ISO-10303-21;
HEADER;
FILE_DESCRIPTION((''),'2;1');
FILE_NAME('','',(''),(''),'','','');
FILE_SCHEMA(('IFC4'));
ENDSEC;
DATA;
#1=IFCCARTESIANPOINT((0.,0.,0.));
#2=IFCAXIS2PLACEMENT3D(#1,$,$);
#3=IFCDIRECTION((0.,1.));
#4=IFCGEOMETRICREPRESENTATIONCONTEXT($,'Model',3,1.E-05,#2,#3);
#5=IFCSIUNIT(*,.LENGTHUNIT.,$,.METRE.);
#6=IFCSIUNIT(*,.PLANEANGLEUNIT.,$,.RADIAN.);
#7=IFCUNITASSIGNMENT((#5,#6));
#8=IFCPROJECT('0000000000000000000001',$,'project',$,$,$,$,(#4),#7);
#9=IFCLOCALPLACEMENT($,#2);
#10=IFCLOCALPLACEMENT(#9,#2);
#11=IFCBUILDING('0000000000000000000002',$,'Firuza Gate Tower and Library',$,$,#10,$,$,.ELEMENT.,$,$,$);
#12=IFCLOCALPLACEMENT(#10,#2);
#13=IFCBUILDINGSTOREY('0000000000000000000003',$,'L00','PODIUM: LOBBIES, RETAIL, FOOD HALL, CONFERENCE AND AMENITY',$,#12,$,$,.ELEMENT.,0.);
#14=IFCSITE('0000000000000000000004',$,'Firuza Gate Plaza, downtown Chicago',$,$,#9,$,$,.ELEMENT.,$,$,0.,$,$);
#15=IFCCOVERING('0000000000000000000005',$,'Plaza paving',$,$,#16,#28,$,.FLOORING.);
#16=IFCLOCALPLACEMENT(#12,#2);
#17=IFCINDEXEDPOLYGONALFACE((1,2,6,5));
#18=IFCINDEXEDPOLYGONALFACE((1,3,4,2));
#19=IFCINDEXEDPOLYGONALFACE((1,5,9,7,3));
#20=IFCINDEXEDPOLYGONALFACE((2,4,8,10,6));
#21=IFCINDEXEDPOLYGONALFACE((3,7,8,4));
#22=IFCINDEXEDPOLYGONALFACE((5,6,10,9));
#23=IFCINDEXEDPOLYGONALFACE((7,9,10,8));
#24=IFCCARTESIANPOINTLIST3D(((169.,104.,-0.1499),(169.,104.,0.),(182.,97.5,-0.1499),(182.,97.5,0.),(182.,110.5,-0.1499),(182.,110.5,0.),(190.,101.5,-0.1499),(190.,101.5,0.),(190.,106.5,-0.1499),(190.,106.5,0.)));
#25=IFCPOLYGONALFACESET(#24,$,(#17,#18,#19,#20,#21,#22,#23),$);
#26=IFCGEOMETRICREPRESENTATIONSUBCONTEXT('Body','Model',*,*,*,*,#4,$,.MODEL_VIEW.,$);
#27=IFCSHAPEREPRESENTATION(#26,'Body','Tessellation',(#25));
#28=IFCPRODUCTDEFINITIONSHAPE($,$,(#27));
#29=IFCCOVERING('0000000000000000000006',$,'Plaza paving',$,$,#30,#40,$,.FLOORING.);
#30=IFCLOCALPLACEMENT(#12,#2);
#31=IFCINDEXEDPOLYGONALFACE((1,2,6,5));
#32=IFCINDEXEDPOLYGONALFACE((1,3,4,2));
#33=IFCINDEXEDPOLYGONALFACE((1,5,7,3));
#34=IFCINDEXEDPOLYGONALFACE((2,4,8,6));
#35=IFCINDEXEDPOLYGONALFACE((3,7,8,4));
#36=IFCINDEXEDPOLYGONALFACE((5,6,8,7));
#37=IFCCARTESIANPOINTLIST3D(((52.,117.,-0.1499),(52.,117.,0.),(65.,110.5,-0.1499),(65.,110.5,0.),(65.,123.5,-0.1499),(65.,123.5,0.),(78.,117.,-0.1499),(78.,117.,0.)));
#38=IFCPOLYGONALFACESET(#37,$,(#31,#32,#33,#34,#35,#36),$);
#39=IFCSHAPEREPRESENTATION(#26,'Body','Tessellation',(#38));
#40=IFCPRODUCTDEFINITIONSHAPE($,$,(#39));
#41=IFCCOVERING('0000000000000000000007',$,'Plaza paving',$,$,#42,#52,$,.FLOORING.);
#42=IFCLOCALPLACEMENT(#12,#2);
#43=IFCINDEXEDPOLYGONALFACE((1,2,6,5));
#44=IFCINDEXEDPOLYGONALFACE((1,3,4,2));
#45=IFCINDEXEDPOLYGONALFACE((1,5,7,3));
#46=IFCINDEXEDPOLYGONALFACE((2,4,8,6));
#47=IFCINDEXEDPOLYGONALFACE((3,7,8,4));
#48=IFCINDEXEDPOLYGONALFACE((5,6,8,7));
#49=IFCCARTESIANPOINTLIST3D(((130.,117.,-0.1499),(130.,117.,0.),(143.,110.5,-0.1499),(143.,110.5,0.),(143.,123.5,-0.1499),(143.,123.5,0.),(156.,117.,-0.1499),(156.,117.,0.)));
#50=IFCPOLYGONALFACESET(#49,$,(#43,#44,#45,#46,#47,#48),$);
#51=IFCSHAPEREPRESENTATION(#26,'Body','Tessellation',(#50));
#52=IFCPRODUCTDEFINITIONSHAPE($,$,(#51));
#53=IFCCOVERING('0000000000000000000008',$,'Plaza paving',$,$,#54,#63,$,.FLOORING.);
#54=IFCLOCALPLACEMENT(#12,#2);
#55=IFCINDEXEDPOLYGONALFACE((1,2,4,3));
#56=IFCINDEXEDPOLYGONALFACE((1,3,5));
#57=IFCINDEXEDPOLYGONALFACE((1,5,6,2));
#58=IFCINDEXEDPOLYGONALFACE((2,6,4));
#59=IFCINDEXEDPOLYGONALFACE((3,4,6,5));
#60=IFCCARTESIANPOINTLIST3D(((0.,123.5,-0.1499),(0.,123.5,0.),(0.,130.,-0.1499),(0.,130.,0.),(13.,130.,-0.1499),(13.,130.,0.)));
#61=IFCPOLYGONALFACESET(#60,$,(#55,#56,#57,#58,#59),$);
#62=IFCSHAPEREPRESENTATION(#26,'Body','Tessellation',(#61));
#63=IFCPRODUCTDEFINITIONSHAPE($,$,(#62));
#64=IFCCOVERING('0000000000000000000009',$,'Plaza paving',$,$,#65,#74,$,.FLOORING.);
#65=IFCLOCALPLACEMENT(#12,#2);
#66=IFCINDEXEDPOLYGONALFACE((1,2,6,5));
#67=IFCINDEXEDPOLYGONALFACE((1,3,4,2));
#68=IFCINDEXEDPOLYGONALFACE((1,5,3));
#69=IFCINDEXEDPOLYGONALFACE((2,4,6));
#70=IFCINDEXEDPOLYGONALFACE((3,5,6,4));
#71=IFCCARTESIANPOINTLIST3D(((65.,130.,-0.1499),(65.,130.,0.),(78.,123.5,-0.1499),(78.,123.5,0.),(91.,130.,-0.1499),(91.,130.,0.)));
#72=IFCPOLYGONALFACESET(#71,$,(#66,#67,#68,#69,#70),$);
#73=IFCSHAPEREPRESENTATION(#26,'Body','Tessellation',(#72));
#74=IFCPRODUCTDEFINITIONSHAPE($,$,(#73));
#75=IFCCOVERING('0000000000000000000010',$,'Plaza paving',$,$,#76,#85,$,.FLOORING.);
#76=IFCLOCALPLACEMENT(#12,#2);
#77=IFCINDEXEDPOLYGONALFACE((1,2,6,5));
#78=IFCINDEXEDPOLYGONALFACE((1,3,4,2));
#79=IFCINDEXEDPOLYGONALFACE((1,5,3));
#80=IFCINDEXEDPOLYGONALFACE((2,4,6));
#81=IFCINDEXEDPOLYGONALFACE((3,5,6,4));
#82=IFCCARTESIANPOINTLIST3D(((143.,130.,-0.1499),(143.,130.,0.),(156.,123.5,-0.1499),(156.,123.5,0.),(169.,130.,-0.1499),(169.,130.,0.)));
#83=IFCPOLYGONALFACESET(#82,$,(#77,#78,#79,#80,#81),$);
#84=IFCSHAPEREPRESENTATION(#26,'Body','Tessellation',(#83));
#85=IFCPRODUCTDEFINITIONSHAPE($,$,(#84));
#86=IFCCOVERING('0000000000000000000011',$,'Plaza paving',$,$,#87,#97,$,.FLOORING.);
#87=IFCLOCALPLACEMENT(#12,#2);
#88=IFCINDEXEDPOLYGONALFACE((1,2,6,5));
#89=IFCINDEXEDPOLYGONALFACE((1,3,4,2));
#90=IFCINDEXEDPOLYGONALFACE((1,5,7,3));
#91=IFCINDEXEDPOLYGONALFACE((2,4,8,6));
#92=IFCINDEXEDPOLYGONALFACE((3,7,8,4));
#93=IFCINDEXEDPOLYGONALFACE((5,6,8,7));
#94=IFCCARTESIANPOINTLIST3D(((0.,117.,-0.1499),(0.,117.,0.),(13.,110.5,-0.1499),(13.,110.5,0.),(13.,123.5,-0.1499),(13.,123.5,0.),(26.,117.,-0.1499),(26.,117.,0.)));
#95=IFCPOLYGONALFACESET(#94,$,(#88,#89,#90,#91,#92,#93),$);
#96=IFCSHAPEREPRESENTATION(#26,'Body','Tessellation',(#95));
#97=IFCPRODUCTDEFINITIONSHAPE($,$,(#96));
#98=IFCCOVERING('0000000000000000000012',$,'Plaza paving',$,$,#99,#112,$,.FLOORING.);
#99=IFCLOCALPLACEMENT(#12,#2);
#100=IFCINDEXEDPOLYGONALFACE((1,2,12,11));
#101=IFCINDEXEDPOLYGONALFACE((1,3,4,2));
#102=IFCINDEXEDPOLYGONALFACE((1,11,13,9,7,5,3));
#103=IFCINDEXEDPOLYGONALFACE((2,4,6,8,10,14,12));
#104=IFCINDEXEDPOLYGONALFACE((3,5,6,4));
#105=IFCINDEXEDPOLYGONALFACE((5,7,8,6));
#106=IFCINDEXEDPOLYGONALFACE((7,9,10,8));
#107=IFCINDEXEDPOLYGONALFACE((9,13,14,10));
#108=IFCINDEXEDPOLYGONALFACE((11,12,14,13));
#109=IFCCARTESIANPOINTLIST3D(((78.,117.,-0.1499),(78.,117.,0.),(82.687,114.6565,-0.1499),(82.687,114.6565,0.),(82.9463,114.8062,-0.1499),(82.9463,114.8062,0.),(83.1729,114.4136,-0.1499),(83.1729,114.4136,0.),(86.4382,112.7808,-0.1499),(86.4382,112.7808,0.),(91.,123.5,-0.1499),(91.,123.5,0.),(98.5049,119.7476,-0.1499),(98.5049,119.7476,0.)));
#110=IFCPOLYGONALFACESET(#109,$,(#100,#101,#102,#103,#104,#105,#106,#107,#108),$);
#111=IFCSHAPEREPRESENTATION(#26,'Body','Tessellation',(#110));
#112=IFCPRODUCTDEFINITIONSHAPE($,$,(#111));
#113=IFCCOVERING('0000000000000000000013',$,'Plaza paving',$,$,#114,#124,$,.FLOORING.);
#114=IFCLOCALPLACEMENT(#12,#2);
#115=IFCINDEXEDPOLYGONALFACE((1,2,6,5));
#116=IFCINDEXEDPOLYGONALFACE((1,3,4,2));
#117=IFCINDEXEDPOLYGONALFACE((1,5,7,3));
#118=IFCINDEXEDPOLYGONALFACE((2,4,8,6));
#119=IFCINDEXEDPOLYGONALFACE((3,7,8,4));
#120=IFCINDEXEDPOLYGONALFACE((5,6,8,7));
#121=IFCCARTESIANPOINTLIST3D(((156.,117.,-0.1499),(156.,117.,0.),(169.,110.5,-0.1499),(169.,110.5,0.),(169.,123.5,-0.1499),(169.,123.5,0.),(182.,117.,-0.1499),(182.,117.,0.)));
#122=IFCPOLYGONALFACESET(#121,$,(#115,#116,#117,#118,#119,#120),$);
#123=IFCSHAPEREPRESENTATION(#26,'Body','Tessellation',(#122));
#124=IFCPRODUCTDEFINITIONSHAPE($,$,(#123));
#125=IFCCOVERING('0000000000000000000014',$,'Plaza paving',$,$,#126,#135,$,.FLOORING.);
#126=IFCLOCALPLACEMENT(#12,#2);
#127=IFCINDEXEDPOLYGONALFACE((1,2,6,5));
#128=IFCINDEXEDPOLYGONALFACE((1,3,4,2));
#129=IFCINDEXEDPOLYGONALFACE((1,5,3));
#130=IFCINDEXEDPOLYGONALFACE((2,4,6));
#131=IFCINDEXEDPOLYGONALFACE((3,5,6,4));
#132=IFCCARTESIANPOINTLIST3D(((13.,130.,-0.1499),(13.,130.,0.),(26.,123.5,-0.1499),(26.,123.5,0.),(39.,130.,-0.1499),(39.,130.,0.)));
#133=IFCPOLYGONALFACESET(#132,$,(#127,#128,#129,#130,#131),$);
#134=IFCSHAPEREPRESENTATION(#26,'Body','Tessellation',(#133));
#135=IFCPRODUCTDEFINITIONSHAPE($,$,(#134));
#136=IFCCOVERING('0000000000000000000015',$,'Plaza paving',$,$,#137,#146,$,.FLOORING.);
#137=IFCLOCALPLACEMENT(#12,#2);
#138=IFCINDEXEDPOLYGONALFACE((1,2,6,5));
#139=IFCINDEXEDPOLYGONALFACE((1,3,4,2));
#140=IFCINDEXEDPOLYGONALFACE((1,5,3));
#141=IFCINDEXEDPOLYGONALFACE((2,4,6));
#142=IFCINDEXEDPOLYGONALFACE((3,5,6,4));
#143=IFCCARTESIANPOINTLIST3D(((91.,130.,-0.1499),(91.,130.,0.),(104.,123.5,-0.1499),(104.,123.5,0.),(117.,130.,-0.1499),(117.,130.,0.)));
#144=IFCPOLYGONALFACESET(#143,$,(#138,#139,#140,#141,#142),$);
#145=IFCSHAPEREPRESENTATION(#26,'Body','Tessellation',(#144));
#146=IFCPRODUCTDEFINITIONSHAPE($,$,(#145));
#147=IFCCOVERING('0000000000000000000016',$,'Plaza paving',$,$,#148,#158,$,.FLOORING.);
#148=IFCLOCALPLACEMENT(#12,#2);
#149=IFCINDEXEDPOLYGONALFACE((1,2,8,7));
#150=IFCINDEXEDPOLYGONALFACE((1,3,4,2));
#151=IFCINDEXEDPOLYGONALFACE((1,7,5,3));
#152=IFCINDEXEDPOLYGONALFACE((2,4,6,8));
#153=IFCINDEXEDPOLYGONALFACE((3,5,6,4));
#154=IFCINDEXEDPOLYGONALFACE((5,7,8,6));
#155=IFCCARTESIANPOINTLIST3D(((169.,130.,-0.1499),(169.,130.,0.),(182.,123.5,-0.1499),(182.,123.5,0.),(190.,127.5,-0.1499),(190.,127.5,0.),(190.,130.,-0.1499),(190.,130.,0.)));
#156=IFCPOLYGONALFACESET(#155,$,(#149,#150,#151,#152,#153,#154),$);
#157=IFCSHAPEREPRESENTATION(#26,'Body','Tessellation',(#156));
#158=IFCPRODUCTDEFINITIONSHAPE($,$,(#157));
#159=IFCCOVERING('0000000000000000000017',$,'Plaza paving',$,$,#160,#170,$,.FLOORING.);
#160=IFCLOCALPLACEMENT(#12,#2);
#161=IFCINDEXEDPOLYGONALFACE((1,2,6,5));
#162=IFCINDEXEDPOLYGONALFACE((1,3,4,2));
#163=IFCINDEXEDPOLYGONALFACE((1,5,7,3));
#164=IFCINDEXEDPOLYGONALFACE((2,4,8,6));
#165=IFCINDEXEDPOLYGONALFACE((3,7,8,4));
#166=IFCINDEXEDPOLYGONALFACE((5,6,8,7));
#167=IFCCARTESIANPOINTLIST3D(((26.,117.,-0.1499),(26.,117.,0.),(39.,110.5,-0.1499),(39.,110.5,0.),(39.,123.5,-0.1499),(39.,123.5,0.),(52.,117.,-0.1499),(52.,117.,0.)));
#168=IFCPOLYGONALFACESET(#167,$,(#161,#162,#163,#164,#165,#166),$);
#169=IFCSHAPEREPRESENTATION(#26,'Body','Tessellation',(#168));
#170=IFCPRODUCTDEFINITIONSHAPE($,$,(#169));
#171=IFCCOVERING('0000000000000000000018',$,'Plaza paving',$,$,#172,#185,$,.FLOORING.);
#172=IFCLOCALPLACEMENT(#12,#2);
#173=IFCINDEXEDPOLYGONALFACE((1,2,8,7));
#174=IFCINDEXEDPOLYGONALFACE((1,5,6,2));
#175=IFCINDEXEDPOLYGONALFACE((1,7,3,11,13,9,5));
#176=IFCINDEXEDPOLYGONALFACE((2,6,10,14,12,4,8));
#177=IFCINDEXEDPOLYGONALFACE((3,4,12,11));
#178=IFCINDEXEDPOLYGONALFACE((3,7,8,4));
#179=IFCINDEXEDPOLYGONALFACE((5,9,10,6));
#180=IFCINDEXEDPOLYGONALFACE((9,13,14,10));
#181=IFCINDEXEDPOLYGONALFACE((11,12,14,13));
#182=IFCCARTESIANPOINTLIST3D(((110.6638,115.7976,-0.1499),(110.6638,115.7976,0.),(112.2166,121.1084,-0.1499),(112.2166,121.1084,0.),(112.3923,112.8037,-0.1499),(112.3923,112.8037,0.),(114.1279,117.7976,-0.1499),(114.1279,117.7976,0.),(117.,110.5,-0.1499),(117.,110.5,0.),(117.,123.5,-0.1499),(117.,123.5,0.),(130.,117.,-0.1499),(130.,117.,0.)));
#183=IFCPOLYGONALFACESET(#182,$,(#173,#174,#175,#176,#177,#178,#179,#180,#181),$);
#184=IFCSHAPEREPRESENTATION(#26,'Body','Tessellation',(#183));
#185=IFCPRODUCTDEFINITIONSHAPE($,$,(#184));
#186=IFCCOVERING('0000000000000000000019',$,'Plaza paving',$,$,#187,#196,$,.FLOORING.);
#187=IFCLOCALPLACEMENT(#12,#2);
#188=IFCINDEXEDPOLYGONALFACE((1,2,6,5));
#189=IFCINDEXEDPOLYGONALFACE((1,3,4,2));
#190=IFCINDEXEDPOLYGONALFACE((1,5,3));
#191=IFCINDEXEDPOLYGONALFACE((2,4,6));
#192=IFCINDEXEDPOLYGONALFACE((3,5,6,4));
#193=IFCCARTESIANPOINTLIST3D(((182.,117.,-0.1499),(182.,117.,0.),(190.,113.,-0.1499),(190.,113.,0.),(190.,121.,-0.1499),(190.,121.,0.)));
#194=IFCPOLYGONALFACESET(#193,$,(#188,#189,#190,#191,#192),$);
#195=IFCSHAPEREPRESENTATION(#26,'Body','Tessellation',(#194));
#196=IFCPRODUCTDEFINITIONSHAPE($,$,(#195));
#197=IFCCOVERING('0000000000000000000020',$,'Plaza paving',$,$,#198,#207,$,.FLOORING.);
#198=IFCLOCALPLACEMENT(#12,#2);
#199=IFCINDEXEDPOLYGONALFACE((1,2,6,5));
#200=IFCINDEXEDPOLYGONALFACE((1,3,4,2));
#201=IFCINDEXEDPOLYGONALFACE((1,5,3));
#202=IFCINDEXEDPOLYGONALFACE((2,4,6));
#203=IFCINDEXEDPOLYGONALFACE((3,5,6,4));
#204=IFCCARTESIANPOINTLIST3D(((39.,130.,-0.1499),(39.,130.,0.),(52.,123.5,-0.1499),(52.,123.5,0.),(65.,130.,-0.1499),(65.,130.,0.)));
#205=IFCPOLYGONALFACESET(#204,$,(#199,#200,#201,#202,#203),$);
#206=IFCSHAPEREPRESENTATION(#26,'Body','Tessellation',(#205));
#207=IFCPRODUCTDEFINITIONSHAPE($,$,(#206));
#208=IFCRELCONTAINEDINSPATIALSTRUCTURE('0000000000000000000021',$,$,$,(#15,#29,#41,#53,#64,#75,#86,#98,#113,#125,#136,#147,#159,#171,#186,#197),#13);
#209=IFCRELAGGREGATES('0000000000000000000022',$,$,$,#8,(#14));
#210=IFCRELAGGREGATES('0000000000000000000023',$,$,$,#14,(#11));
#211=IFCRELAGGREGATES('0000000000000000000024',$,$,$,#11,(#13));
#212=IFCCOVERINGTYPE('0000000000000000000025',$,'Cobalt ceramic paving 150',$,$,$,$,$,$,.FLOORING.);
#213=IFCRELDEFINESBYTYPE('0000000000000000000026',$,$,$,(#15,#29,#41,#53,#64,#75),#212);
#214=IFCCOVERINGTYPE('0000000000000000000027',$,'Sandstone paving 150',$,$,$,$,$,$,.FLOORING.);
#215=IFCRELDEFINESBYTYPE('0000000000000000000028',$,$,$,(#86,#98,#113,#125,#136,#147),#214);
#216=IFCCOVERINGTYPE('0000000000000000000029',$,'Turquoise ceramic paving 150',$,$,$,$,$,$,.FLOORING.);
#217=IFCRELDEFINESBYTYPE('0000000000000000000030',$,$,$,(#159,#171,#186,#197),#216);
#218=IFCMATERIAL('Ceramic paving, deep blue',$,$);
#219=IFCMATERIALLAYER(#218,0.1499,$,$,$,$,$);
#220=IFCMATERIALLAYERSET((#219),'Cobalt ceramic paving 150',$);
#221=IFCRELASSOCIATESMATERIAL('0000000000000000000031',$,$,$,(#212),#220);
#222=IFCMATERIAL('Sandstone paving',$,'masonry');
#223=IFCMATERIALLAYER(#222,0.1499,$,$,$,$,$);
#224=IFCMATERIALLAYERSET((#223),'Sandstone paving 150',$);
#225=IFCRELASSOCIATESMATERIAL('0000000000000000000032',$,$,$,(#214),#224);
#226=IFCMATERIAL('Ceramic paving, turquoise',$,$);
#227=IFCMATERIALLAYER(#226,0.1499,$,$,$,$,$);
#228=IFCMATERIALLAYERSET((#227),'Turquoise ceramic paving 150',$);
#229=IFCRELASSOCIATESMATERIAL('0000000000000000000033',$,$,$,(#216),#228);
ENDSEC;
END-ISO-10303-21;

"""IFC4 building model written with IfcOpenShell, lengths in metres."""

from ifc_helpers import new_model, si_unit, direction, frame, origin, place, context, subcontext, project, spatial, polyline, outline, extrude, material, layer, layer_set, type_object, element, save


model = new_model("IFC4")

# Units and contexts
model_context = context("Model", 3, precision=1e-05, world=origin(), true_north=direction((0.0, 1.0)))
body_context = subcontext(model_context, "Body", "Model", "MODEL_VIEW")
ifc_project = project(units=[si_unit("LENGTHUNIT", "METRE"), si_unit("PLANEANGLEUNIT", "RADIAN")], contexts=[model_context])

# Site, building, storey
site_placement = place(None, origin())
site = spatial("IfcSite", under=ifc_project, at=site_placement, Name="Firuza Gate Plaza, downtown Chicago", CompositionType="ELEMENT", RefElevation=0.0)
building_placement = place(site_placement, origin())
building = spatial("IfcBuilding", under=site, at=building_placement, Name="Firuza Gate Tower and Library", CompositionType="ELEMENT")
storey_placement = place(building_placement, origin())
storey = spatial("IfcBuildingStorey", under=building, at=storey_placement, Name="L00", Description="PODIUM: LOBBIES, RETAIL, FOOD HALL, CONFERENCE AND AMENITY", CompositionType="ELEMENT", Elevation=0.0)

# Coverings
ifc_material_1 = material(Name="Ceramic paving, deep blue")
ifc_layer_1 = layer(ifc_material_1, 0.1499)
ifc_layer_set_1 = layer_set([ifc_layer_1], Name="Cobalt ceramic paving 150")
covering_type_1 = type_object("IfcCoveringType", Name="Cobalt ceramic paving 150", PredefinedType="FLOORING", material=ifc_layer_set_1)
placement = place(storey_placement, frame((0.0, 0.0, -0.1499)))
element("IfcCovering", 1, at=placement, inside=storey, type_object=covering_type_1, Name="Plaza paving", PredefinedType="FLOORING", context=body_context, shape_type="SweptSolid", body=[
    extrude(outline(polyline([(182.0, 97.5), (169.0, 104.0), (182.0, 110.5), (190.0, 106.5), (190.0, 101.5), (182.0, 97.5)])), origin(), (0.0, 0.0, 1.0), 0.1499),
])
element("IfcCovering", 2, at=placement, inside=storey, type_object=covering_type_1, Name="Plaza paving", PredefinedType="FLOORING", context=body_context, shape_type="SweptSolid", body=[
    extrude(outline(polyline([(65.0, 123.5), (78.0, 117.0), (65.0, 110.5), (52.0, 117.0), (65.0, 123.5)])), origin(), (0.0, 0.0, 1.0), 0.1499),
])
element("IfcCovering", 3, at=placement, inside=storey, type_object=covering_type_1, Name="Plaza paving", PredefinedType="FLOORING", context=body_context, shape_type="SweptSolid", body=[
    extrude(outline(polyline([(143.0, 123.5), (156.0, 117.0), (143.0, 110.5), (130.0, 117.0), (143.0, 123.5)])), origin(), (0.0, 0.0, 1.0), 0.1499),
])
element("IfcCovering", 4, at=placement, inside=storey, type_object=covering_type_1, Name="Plaza paving", PredefinedType="FLOORING", context=body_context, shape_type="SweptSolid", body=[
    extrude(outline(polyline([(0.0, 123.5), (0.0, 130.0), (13.0, 130.0), (0.0, 123.5)])), origin(), (0.0, 0.0, 1.0), 0.1499),
])
element("IfcCovering", 5, at=placement, inside=storey, type_object=covering_type_1, Name="Plaza paving", PredefinedType="FLOORING", context=body_context, shape_type="SweptSolid", body=[
    extrude(outline(polyline([(78.0, 123.5), (65.0, 130.0), (91.0, 130.0), (78.0, 123.5)])), origin(), (0.0, 0.0, 1.0), 0.1499),
])
element("IfcCovering", 6, at=placement, inside=storey, type_object=covering_type_1, Name="Plaza paving", PredefinedType="FLOORING", context=body_context, shape_type="SweptSolid", body=[
    extrude(outline(polyline([(156.0, 123.5), (143.0, 130.0), (169.0, 130.0), (156.0, 123.5)])), origin(), (0.0, 0.0, 1.0), 0.1499),
])
ifc_material_2 = material(Name="Sandstone paving", Category="masonry")
ifc_layer_2 = layer(ifc_material_2, 0.1499)
ifc_layer_set_2 = layer_set([ifc_layer_2], Name="Sandstone paving 150")
covering_type_2 = type_object("IfcCoveringType", Name="Sandstone paving 150", PredefinedType="FLOORING", material=ifc_layer_set_2)
element("IfcCovering", 7, at=placement, inside=storey, type_object=covering_type_2, Name="Plaza paving", PredefinedType="FLOORING", context=body_context, shape_type="SweptSolid", body=[
    extrude(outline(polyline([(13.0, 123.5), (26.0, 117.0), (13.0, 110.5), (0.0, 117.0), (13.0, 123.5)])), origin(), (0.0, 0.0, 1.0), 0.1499),
])
element("IfcCovering", 8, at=placement, inside=storey, type_object=covering_type_2, Name="Plaza paving", PredefinedType="FLOORING", context=body_context, shape_type="SweptSolid", body=[
    extrude(outline(polyline([(78.0, 117.0), (91.0, 123.5), (98.5049, 119.7476), (86.4382, 112.7808), (83.1729, 114.4136), (82.9463, 114.8062), (82.687, 114.6565), (78.0, 117.0)])), origin(), (0.0, 0.0, 1.0), 0.1499),
])
element("IfcCovering", 9, at=placement, inside=storey, type_object=covering_type_2, Name="Plaza paving", PredefinedType="FLOORING", context=body_context, shape_type="SweptSolid", body=[
    extrude(outline(polyline([(169.0, 123.5), (182.0, 117.0), (169.0, 110.5), (156.0, 117.0), (169.0, 123.5)])), origin(), (0.0, 0.0, 1.0), 0.1499),
])
element("IfcCovering", 10, at=placement, inside=storey, type_object=covering_type_2, Name="Plaza paving", PredefinedType="FLOORING", context=body_context, shape_type="SweptSolid", body=[
    extrude(outline(polyline([(26.0, 123.5), (13.0, 130.0), (39.0, 130.0), (26.0, 123.5)])), origin(), (0.0, 0.0, 1.0), 0.1499),
])
element("IfcCovering", 11, at=placement, inside=storey, type_object=covering_type_2, Name="Plaza paving", PredefinedType="FLOORING", context=body_context, shape_type="SweptSolid", body=[
    extrude(outline(polyline([(104.0, 123.5), (91.0, 130.0), (117.0, 130.0), (104.0, 123.5)])), origin(), (0.0, 0.0, 1.0), 0.1499),
])
element("IfcCovering", 12, at=placement, inside=storey, type_object=covering_type_2, Name="Plaza paving", PredefinedType="FLOORING", context=body_context, shape_type="SweptSolid", body=[
    extrude(outline(polyline([(182.0, 123.5), (169.0, 130.0), (190.0, 130.0), (190.0, 127.5), (182.0, 123.5)])), origin(), (0.0, 0.0, 1.0), 0.1499),
])
ifc_material_3 = material(Name="Ceramic paving, turquoise")
ifc_layer_3 = layer(ifc_material_3, 0.1499)
ifc_layer_set_3 = layer_set([ifc_layer_3], Name="Turquoise ceramic paving 150")
covering_type_3 = type_object("IfcCoveringType", Name="Turquoise ceramic paving 150", PredefinedType="FLOORING", material=ifc_layer_set_3)
element("IfcCovering", 13, at=placement, inside=storey, type_object=covering_type_3, Name="Plaza paving", PredefinedType="FLOORING", context=body_context, shape_type="SweptSolid", body=[
    extrude(outline(polyline([(39.0, 123.5), (52.0, 117.0), (39.0, 110.5), (26.0, 117.0), (39.0, 123.5)])), origin(), (0.0, 0.0, 1.0), 0.1499),
])
element("IfcCovering", 14, at=placement, inside=storey, type_object=covering_type_3, Name="Plaza paving", PredefinedType="FLOORING", context=body_context, shape_type="SweptSolid", body=[
    extrude(outline(polyline([(117.0, 123.5), (130.0, 117.0), (117.0, 110.5), (112.3923, 112.8037), (110.6638, 115.7976), (114.1279, 117.7976), (112.2166, 121.1084), (117.0, 123.5)])), origin(), (0.0, 0.0, 1.0), 0.1499),
])
element("IfcCovering", 15, at=placement, inside=storey, type_object=covering_type_3, Name="Plaza paving", PredefinedType="FLOORING", context=body_context, shape_type="SweptSolid", body=[
    extrude(outline(polyline([(182.0, 117.0), (190.0, 121.0), (190.0, 113.0), (182.0, 117.0)])), origin(), (0.0, 0.0, 1.0), 0.1499),
])
element("IfcCovering", 16, at=placement, inside=storey, type_object=covering_type_3, Name="Plaza paving", PredefinedType="FLOORING", context=body_context, shape_type="SweptSolid", body=[
    extrude(outline(polyline([(52.0, 123.5), (39.0, 130.0), (65.0, 130.0), (52.0, 123.5)])), origin(), (0.0, 0.0, 1.0), 0.1499),
])

save(model, "model.ifc")
